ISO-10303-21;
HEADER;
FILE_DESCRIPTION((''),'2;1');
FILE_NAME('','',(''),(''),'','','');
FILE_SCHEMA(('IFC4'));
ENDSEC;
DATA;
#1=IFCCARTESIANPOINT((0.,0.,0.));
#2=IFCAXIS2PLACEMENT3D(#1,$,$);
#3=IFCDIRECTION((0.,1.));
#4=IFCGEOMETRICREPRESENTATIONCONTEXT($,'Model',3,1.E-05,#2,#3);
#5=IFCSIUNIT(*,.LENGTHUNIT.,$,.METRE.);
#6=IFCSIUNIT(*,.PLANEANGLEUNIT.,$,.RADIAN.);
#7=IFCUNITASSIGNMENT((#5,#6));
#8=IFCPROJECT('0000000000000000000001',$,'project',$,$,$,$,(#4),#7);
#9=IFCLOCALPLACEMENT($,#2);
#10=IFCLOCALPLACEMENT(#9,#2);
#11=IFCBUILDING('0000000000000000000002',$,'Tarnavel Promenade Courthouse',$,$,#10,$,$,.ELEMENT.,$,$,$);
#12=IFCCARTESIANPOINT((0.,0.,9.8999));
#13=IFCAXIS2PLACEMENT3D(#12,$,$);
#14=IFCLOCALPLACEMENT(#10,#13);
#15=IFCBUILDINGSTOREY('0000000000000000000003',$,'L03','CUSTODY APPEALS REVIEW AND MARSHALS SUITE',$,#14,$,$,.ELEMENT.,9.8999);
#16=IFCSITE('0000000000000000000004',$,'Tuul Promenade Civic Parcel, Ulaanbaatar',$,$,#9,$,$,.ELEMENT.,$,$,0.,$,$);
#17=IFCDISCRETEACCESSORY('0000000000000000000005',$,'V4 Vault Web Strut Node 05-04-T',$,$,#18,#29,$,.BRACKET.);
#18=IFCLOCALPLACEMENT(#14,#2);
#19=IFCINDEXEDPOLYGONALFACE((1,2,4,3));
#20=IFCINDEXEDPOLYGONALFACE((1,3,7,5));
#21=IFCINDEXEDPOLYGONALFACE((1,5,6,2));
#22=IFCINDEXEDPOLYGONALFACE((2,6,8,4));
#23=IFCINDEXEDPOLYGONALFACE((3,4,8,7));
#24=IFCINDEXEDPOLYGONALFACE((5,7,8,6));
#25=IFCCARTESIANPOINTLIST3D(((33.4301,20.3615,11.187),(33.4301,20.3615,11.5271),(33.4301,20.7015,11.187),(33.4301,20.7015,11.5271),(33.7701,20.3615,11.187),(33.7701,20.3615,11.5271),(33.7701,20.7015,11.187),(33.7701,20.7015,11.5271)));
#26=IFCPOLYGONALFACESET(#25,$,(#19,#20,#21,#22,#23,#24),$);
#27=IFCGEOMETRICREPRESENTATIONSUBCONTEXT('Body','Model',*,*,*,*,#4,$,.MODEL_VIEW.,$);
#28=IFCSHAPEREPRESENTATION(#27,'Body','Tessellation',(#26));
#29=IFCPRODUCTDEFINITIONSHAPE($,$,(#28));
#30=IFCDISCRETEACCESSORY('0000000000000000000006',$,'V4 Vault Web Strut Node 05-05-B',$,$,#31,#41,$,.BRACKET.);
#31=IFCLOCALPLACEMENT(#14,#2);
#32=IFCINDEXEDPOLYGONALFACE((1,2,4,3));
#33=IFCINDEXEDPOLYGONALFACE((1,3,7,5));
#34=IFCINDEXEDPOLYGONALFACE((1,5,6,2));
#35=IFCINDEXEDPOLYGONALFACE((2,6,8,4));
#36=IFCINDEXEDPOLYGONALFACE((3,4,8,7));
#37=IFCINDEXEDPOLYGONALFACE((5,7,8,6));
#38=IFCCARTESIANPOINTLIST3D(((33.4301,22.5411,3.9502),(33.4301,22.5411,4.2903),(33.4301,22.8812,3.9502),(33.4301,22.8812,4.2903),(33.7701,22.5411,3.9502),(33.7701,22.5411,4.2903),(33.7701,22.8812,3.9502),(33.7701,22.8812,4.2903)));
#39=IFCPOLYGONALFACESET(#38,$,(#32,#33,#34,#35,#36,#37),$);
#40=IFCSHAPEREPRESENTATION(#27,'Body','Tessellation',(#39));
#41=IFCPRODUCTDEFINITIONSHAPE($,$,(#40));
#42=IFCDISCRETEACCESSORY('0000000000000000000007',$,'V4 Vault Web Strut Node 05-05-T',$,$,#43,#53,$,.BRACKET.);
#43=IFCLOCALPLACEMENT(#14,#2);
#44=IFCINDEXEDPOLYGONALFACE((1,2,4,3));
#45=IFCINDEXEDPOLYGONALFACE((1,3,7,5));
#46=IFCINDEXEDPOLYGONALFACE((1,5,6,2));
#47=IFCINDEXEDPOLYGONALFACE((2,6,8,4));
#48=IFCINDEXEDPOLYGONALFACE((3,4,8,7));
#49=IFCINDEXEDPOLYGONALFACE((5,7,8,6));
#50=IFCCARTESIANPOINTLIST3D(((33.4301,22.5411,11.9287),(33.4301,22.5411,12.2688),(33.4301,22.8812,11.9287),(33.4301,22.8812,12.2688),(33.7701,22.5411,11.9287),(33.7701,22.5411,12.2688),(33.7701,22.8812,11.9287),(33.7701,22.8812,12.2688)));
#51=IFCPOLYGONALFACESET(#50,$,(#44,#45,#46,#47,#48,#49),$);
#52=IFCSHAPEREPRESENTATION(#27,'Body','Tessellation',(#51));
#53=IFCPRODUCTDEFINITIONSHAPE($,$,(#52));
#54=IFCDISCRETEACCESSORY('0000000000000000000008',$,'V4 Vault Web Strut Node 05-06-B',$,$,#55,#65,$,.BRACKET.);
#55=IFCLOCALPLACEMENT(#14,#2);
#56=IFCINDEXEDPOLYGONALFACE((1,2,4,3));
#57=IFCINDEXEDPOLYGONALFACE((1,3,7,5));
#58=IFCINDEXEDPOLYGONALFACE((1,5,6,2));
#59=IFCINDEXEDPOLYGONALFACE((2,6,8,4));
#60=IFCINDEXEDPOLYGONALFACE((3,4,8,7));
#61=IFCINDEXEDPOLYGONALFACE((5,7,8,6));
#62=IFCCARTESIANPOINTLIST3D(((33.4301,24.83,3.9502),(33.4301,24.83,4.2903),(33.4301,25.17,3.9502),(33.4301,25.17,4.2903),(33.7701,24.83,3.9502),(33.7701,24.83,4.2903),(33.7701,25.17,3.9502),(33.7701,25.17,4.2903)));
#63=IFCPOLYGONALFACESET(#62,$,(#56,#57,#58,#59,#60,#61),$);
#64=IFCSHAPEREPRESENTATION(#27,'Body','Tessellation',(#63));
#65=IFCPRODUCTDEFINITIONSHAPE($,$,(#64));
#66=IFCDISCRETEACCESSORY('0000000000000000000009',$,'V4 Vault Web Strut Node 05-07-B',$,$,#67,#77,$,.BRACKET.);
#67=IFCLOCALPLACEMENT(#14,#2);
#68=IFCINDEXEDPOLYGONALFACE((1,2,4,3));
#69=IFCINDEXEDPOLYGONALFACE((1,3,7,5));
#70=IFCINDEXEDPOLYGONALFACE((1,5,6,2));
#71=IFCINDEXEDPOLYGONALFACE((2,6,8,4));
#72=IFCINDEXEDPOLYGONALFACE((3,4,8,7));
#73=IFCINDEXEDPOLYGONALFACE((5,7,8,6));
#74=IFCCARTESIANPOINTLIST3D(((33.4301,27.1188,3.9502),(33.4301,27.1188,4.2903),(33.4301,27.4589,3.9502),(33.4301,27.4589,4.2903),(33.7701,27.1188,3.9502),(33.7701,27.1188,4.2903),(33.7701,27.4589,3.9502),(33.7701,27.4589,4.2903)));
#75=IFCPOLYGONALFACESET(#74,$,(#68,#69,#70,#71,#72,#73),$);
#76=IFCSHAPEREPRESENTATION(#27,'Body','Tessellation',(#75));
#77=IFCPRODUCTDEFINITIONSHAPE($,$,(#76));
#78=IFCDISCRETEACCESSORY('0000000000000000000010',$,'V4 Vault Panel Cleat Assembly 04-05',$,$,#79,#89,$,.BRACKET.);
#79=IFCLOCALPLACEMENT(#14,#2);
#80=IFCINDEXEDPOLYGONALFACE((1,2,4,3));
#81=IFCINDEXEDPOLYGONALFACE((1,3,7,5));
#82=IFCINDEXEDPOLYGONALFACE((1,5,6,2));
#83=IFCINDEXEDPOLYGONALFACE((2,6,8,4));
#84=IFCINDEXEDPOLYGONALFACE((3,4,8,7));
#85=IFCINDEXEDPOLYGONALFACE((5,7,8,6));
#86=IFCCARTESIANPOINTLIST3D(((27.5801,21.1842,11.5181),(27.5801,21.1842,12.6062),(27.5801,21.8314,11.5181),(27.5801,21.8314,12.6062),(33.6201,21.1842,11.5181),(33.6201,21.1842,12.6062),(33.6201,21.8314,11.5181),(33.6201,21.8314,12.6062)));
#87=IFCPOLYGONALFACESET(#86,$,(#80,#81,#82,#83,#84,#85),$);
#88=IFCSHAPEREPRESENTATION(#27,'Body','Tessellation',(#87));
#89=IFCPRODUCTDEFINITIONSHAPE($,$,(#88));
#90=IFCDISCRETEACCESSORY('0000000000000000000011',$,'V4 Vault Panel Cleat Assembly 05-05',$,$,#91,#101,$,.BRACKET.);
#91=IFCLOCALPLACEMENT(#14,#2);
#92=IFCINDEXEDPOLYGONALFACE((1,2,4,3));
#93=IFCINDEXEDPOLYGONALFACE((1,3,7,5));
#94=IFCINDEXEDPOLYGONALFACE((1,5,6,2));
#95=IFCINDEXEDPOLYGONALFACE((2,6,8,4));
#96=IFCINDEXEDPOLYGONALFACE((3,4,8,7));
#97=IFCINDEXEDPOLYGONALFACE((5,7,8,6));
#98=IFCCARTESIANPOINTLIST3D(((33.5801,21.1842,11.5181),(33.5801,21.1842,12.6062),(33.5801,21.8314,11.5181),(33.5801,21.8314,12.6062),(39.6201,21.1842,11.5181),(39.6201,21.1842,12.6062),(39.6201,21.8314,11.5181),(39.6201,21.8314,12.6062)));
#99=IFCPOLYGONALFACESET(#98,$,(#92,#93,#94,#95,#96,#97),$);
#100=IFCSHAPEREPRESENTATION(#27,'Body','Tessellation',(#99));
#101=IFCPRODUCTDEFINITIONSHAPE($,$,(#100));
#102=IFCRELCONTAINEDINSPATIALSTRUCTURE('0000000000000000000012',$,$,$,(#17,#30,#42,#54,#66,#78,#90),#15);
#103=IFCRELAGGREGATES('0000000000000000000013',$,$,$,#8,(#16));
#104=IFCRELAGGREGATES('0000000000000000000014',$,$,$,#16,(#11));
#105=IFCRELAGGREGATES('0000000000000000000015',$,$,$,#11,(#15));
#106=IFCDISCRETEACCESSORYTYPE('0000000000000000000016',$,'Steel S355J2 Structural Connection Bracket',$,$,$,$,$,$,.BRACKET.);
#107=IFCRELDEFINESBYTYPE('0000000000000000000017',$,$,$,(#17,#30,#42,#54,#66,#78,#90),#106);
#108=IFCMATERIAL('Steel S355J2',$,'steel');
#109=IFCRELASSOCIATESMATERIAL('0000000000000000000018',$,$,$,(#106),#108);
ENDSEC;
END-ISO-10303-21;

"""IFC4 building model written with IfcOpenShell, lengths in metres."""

from ifc_helpers import new_model, si_unit, direction, frame, origin, origin_2d, place, context, subcontext, project, spatial, rectangle, extrude, material, type_object, element, save


model = new_model("IFC4")

# Units and contexts
model_context = context("Model", 3, precision=1e-05, world=origin(), true_north=direction((0.0, 1.0)))
body_context = subcontext(model_context, "Body", "Model", "MODEL_VIEW")
ifc_project = project(units=[si_unit("LENGTHUNIT", "METRE"), si_unit("PLANEANGLEUNIT", "RADIAN")], contexts=[model_context])

# Site, building, storey
site_placement = place(None, origin())
site = spatial("IfcSite", under=ifc_project, at=site_placement, Name="Tuul Promenade Civic Parcel, Ulaanbaatar", CompositionType="ELEMENT", RefElevation=0.0)
building_placement = place(site_placement, origin())
building = spatial("IfcBuilding", under=site, at=building_placement, Name="Tarnavel Promenade Courthouse", CompositionType="ELEMENT")
storey_placement = place(building_placement, frame((0.0, 0.0, 9.8999)))
storey = spatial("IfcBuildingStorey", under=building, at=storey_placement, Name="L03", Description="CUSTODY APPEALS REVIEW AND MARSHALS SUITE", CompositionType="ELEMENT", Elevation=9.8999)

# Shared definitions
ifc_material = material(Name="Steel S355J2", Category="steel")

# Discrete accessories
discrete_accessory_type = type_object("IfcDiscreteAccessoryType", Name="Steel S355J2 Structural Connection Bracket", PredefinedType="BRACKET", material=ifc_material)
for number, where, z_axis, x_axis, name in (
    (1, (33.6001, 20.5315, 11.187), (0.0, 0.0, 1.0), (1.0, 0.0, 0.0), "V4 Vault Web Strut Node 05-04-T"),
    (2, (33.6001, 22.7112, 3.9502), (0.0, 0.0, 1.0), (1.0, 0.0, 0.0), "V4 Vault Web Strut Node 05-05-B"),
    (3, (33.6001, 22.7112, 11.9287), (0.0, 0.0, 1.0), (1.0, 0.0, 0.0), "V4 Vault Web Strut Node 05-05-T"),
    (4, (33.6001, 25.0, 3.9502), (0.0, 0.0, 1.0), (1.0, 0.0, 0.0), "V4 Vault Web Strut Node 05-06-B"),
    (5, (33.6001, 27.2888, 3.9502), (0.0, 0.0, 1.0), (1.0, 0.0, 0.0), "V4 Vault Web Strut Node 05-07-B"),
):
    element("IfcDiscreteAccessory", number, at=place(storey_placement, frame(where, z_axis=z_axis, x_axis=x_axis)), inside=storey, type_object=discrete_accessory_type, Name=name, PredefinedType="BRACKET", context=body_context, shape_type="SweptSolid", body=[
        extrude(rectangle(XDim=0.3401, YDim=0.3401, at=origin_2d()), origin(), (0.0, 0.0, 1.0), 0.3401),
    ])
for number, where, z_axis, x_axis, name in (
    (6, (30.6001, 21.5078, 11.5181), (0.0, 0.0, 1.0), (1.0, 0.0, 0.0), "V4 Vault Panel Cleat Assembly 04-05"),
    (7, (36.6001, 21.5078, 11.5181), (0.0, 0.0, 1.0), (1.0, 0.0, 0.0), "V4 Vault Panel Cleat Assembly 05-05"),
):
    element("IfcDiscreteAccessory", number, at=place(storey_placement, frame(where, z_axis=z_axis, x_axis=x_axis)), inside=storey, type_object=discrete_accessory_type, Name=name, PredefinedType="BRACKET", context=body_context, shape_type="SweptSolid", body=[
        extrude(rectangle(XDim=6.04, YDim=0.6472, at=origin_2d()), origin(), (0.0, 0.0, 1.0), 1.0881),
    ])

save(model, "model.ifc")
